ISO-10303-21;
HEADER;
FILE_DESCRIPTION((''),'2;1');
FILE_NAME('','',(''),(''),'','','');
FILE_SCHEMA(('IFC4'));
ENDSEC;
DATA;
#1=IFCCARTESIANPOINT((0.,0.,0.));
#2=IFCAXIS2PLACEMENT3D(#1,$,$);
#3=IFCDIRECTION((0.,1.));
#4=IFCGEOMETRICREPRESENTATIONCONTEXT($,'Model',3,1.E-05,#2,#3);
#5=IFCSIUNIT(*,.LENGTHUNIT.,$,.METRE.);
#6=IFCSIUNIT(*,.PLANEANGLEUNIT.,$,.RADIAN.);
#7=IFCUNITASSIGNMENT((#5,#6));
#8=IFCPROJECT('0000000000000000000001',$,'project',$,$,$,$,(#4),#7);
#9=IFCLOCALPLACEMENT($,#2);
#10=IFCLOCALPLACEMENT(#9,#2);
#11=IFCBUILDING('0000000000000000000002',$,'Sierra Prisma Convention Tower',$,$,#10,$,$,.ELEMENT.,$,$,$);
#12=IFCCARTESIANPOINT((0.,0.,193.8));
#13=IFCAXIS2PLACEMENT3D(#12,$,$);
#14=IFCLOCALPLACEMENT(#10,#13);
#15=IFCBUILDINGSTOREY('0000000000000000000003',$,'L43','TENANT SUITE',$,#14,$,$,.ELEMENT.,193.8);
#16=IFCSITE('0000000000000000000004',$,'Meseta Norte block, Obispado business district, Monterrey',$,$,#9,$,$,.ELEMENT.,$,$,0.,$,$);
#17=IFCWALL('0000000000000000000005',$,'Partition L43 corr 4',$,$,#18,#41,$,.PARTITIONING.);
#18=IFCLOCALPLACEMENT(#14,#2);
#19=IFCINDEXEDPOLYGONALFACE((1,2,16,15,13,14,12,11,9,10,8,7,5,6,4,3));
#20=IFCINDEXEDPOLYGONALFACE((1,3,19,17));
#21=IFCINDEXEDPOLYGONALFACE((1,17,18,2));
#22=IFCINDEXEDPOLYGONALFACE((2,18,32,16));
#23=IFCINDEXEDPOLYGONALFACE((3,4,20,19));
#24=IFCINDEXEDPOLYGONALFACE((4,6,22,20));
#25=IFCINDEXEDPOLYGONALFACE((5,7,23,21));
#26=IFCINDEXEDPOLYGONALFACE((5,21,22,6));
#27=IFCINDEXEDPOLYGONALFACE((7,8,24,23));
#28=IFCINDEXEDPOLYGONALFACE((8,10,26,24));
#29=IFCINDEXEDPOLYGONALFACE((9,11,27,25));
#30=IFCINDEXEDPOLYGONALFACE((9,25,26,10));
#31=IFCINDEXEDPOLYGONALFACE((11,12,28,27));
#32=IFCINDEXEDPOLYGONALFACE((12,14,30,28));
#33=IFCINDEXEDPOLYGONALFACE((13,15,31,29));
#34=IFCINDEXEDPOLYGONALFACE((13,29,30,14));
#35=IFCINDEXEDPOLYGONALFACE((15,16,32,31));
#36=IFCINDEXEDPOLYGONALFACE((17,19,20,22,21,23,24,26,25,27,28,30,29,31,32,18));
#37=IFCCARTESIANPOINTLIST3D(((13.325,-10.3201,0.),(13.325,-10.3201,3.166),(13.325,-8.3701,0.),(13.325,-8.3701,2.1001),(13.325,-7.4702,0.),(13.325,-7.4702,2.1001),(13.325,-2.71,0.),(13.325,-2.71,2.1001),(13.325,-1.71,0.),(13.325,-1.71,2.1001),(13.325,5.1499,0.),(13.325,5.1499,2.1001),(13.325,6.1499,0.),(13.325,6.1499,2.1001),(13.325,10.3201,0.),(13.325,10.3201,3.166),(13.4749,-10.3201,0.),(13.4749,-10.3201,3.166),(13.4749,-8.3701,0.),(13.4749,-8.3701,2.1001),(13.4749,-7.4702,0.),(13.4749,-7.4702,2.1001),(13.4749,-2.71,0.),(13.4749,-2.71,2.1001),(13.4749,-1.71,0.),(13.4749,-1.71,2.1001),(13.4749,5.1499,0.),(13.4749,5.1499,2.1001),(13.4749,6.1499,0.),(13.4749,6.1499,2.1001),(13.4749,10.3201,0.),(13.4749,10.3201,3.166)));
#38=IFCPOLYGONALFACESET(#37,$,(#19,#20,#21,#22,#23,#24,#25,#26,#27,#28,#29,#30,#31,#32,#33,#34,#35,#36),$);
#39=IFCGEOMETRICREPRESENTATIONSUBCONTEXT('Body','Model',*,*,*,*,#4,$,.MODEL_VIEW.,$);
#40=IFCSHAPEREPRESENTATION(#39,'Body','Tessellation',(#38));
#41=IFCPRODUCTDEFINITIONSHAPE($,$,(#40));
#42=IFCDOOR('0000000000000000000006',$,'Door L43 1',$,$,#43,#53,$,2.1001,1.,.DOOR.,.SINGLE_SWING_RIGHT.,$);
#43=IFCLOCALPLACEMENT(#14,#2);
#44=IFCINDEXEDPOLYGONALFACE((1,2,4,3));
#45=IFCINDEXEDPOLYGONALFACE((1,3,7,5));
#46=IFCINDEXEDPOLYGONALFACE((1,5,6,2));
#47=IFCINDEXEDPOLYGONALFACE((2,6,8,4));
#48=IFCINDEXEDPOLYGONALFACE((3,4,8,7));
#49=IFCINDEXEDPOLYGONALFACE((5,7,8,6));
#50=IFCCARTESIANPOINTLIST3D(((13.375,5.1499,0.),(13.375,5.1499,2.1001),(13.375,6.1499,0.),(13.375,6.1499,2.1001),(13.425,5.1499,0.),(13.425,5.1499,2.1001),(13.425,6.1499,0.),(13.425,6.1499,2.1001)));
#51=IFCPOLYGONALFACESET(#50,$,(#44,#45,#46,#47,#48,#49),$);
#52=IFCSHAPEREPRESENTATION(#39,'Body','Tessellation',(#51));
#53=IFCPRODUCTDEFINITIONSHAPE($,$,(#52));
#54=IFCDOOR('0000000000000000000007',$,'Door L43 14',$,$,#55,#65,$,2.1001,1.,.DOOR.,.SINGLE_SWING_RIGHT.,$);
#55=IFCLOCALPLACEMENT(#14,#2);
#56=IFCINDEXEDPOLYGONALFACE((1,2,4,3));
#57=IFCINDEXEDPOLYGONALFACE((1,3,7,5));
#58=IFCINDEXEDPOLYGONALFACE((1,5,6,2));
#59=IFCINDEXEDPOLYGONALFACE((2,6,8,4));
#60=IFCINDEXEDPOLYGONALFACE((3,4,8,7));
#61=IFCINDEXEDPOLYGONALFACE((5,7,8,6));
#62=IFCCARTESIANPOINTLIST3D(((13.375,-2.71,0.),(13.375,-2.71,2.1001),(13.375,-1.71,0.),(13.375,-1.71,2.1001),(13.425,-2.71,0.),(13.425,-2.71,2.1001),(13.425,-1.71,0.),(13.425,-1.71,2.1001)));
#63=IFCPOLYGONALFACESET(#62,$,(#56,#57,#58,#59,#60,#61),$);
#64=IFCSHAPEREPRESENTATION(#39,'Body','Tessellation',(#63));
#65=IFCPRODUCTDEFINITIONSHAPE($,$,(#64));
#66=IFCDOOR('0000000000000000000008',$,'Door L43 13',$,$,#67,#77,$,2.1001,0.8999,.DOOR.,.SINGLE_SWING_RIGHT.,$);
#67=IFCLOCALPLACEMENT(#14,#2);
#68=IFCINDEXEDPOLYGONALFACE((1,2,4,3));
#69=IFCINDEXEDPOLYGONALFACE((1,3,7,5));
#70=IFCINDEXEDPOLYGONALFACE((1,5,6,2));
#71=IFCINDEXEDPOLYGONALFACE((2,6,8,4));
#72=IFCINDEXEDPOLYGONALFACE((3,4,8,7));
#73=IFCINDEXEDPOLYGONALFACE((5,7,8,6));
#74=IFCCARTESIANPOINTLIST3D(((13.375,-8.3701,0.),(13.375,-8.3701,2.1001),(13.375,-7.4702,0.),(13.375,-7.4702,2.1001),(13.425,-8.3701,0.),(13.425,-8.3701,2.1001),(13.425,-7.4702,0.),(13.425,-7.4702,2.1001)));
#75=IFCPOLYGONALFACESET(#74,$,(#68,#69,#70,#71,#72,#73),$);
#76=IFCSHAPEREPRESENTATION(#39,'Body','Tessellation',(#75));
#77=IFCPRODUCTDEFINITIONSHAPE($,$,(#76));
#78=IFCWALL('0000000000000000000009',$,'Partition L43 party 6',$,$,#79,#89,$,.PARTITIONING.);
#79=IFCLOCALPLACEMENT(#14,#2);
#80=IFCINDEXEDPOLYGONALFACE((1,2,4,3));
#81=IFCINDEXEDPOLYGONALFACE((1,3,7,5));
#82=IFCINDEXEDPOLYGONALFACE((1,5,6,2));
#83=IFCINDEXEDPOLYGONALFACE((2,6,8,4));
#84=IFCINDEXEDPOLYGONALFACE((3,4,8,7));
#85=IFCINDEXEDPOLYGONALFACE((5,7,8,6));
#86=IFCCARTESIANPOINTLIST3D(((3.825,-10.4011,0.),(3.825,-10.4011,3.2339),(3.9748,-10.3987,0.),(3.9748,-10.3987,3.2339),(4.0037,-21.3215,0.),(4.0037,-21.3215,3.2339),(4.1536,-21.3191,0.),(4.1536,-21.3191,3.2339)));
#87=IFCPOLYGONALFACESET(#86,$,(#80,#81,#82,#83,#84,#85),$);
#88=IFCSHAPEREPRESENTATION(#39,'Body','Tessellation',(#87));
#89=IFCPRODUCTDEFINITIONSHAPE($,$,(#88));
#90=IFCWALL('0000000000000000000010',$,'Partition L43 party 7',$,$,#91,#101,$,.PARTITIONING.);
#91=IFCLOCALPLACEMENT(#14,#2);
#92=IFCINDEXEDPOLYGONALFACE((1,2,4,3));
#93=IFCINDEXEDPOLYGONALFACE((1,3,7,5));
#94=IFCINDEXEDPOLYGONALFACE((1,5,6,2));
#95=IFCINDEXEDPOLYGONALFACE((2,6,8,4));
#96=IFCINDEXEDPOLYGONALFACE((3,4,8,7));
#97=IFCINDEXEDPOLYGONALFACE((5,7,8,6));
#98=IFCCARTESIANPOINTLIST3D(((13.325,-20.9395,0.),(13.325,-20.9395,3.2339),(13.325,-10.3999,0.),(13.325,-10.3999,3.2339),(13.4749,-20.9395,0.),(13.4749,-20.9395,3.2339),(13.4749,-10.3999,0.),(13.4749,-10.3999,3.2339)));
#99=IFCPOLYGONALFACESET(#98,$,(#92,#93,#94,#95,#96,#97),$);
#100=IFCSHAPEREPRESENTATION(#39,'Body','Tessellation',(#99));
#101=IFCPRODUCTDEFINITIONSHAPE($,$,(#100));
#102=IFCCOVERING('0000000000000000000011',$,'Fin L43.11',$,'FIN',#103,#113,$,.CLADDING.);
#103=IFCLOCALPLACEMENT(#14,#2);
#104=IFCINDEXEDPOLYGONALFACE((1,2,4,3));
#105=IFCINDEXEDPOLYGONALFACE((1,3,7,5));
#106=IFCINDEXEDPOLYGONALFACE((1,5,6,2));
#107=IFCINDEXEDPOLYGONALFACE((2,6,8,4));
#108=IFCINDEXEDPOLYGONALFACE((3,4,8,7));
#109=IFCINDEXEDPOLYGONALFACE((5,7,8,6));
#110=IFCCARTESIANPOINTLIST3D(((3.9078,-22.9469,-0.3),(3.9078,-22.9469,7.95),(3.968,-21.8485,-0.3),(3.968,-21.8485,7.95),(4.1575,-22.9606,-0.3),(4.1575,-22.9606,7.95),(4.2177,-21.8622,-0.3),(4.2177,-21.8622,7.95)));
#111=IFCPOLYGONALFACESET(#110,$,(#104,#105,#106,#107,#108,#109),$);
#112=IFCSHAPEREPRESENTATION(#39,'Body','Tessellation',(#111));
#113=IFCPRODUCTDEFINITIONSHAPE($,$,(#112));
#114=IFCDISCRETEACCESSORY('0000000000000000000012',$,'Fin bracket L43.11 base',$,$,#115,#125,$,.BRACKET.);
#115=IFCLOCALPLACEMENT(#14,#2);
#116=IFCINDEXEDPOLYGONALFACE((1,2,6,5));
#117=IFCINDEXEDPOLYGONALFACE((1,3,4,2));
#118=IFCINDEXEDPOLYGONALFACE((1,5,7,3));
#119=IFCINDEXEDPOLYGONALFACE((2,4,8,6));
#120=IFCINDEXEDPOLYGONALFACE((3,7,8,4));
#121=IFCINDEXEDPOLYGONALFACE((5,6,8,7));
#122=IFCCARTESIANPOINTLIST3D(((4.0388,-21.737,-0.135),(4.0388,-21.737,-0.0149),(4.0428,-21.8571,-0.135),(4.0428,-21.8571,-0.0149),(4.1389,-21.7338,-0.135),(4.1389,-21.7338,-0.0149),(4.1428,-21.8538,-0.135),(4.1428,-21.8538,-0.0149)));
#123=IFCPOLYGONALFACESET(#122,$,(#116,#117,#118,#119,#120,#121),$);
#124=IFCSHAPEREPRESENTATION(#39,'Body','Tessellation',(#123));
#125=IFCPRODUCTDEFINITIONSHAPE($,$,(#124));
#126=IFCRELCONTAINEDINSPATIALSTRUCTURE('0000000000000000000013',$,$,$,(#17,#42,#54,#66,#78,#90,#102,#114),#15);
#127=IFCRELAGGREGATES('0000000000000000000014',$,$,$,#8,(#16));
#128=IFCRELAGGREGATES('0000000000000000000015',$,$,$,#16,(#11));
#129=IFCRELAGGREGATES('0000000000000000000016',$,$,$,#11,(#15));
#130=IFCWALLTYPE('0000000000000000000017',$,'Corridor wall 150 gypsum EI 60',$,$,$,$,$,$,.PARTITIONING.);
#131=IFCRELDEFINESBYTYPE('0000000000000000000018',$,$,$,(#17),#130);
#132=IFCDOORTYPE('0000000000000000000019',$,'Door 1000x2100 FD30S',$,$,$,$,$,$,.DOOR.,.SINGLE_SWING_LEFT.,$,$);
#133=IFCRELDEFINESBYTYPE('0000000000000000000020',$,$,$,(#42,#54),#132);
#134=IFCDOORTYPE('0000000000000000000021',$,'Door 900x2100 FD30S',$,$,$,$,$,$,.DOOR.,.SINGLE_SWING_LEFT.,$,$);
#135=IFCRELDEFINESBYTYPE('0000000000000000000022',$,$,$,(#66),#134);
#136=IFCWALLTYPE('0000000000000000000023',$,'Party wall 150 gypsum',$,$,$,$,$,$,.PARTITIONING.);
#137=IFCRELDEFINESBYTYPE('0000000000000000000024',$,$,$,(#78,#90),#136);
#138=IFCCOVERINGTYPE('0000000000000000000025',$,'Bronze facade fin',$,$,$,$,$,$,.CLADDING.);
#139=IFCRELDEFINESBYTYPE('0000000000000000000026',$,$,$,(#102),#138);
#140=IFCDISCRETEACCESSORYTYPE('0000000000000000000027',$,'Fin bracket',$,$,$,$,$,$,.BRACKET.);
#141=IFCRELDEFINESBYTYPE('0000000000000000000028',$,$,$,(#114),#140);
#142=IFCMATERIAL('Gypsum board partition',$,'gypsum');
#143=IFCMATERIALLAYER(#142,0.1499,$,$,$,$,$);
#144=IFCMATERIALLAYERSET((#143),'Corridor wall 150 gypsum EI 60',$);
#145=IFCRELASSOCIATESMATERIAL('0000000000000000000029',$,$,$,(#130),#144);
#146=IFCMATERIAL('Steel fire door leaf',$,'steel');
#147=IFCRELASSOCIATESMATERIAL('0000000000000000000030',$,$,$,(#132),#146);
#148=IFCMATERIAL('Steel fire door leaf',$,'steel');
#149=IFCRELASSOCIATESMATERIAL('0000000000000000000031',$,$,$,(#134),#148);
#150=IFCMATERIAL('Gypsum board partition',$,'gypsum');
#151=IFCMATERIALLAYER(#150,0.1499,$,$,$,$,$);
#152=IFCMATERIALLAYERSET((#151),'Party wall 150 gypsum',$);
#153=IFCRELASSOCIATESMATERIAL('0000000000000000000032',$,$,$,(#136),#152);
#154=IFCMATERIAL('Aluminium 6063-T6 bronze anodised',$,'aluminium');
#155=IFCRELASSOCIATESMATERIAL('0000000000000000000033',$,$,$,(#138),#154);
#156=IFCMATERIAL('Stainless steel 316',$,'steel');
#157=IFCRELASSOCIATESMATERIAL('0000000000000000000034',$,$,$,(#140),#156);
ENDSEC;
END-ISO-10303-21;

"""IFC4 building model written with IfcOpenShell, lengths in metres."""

from ifc_helpers import new_model, si_unit, direction, frame, frame_2d, origin, origin_2d, place, context, subcontext, project, spatial, rectangle, extrude, material, layer, layer_set, material_profile, profile_set, type_object, element, fill, save


model = new_model("IFC4")

# Units and contexts
model_context = context("Model", 3, precision=1e-05, world=origin(), true_north=direction((0.0, 1.0)))
body_context = subcontext(model_context, "Body", "Model", "MODEL_VIEW")
ifc_project = project(units=[si_unit("LENGTHUNIT", "METRE"), si_unit("PLANEANGLEUNIT", "RADIAN")], contexts=[model_context])

# Site, building, storey
site_placement = place(None, origin())
site = spatial("IfcSite", under=ifc_project, at=site_placement, Name="Meseta Norte block, Obispado business district, Monterrey", CompositionType="ELEMENT", RefElevation=0.0)
building_placement = place(site_placement, origin())
building = spatial("IfcBuilding", under=site, at=building_placement, Name="Sierra Prisma Convention Tower", CompositionType="ELEMENT")
storey_placement = place(building_placement, frame((0.0, 0.0, 193.8)))
storey = spatial("IfcBuildingStorey", under=building, at=storey_placement, Name="L43", Description="TENANT SUITE", CompositionType="ELEMENT", Elevation=193.8)

# Wall, openings, doors
ifc_material_1 = material(Name="Gypsum board partition", Category="gypsum")
ifc_layer_1 = layer(ifc_material_1, 0.1499)
ifc_layer_set_1 = layer_set([ifc_layer_1], Name="Corridor wall 150 gypsum EI 60")
wall_type_1 = type_object("IfcWallType", Name="Corridor wall 150 gypsum EI 60", PredefinedType="PARTITIONING", material=ifc_layer_set_1)
wall_1_placement = place(storey_placement, frame((13.3999, -10.3201, 0.0), z_axis=(0.0, 0.0, 1.0), x_axis=(0.0, 1.0, 0.0)))
wall_1 = element("IfcWall", 1, at=wall_1_placement, inside=storey, type_object=wall_type_1, Name="Partition L43 corr 4", PredefinedType="PARTITIONING", context=body_context, shape_type="SweptSolid", body=[
    extrude(rectangle(XDim=20.6401, YDim=0.1499, at=frame_2d((10.3201, 0.0))), origin(), (0.0, 0.0, 1.0), 3.166),
])
opening_1_placement = place(wall_1_placement, frame((15.47, 0.0, 0.0)))
opening_1 = element("IfcOpeningElement", 2, at=opening_1_placement, cuts=wall_1, PredefinedType="OPENING", context=body_context, shape_type="SweptSolid", body=[
    extrude(rectangle(XDim=1.0, YDim=2.1001, at=frame_2d((0.5, 1.05))), frame((0.0, 0.075, 0.0), z_axis=(0.0, -1.0, 0.0), x_axis=(1.0, 0.0, 0.0)), (0.0, 0.0, 1.0), 0.1499),
])
opening_2_placement = place(wall_1_placement, frame((1.95, 0.0, 0.0)))
opening_2 = element("IfcOpeningElement", 3, at=opening_2_placement, cuts=wall_1, PredefinedType="OPENING", context=body_context, shape_type="SweptSolid", body=[
    extrude(rectangle(XDim=0.8999, YDim=2.1001, at=frame_2d((0.45, 1.05))), frame((0.0, 0.075, 0.0), z_axis=(0.0, -1.0, 0.0), x_axis=(1.0, 0.0, 0.0)), (0.0, 0.0, 1.0), 0.1499),
])
opening_3_placement = place(wall_1_placement, frame((7.6101, 0.0, 0.0)))
opening_3 = element("IfcOpeningElement", 4, at=opening_3_placement, cuts=wall_1, PredefinedType="OPENING", context=body_context, shape_type="SweptSolid", body=[
    extrude(rectangle(XDim=1.0, YDim=2.1001, at=frame_2d((0.5, 1.05))), frame((0.0, 0.075, 0.0), z_axis=(0.0, -1.0, 0.0), x_axis=(1.0, 0.0, 0.0)), (0.0, 0.0, 1.0), 0.1499),
])
ifc_material_2 = material(Name="Steel fire door leaf", Category="steel")
door_type_1 = type_object("IfcDoorType", Name="Door 1000x2100 FD30S", OperationType="SINGLE_SWING_LEFT", PredefinedType="DOOR", material=ifc_material_2)
door_1_placement = place(opening_1_placement, origin())
door_1 = element("IfcDoor", 5, at=door_1_placement, inside=storey, type_object=door_type_1, Name="Door L43 1", OperationType="SINGLE_SWING_RIGHT", OverallHeight=2.1001, OverallWidth=1.0, PredefinedType="DOOR", context=body_context, shape_type="SweptSolid", body=[
    extrude(rectangle(XDim=1.0, YDim=2.1001, at=frame_2d((0.5, 1.05))), frame((0.0, 0.0249, 0.0), z_axis=(0.0, -1.0, 0.0), x_axis=(1.0, 0.0, 0.0)), (0.0, 0.0, 1.0), 0.05),
])
fill(opening_1, door_1)
door_2_placement = place(opening_3_placement, origin())
door_2 = element("IfcDoor", 6, at=door_2_placement, inside=storey, type_object=door_type_1, Name="Door L43 14", OperationType="SINGLE_SWING_RIGHT", OverallHeight=2.1001, OverallWidth=1.0, PredefinedType="DOOR", context=body_context, shape_type="SweptSolid", body=[
    extrude(rectangle(XDim=1.0, YDim=2.1001, at=frame_2d((0.5, 1.05))), frame((0.0, 0.0249, 0.0), z_axis=(0.0, -1.0, 0.0), x_axis=(1.0, 0.0, 0.0)), (0.0, 0.0, 1.0), 0.05),
])
fill(opening_3, door_2)
ifc_material_3 = material(Name="Steel fire door leaf", Category="steel")
door_type_2 = type_object("IfcDoorType", Name="Door 900x2100 FD30S", OperationType="SINGLE_SWING_LEFT", PredefinedType="DOOR", material=ifc_material_3)
door_3_placement = place(opening_2_placement, origin())
door_3 = element("IfcDoor", 7, at=door_3_placement, inside=storey, type_object=door_type_2, Name="Door L43 13", OperationType="SINGLE_SWING_RIGHT", OverallHeight=2.1001, OverallWidth=0.8999, PredefinedType="DOOR", context=body_context, shape_type="SweptSolid", body=[
    extrude(rectangle(XDim=0.8999, YDim=2.1001, at=frame_2d((0.45, 1.05))), frame((0.0, 0.0249, 0.0), z_axis=(0.0, -1.0, 0.0), x_axis=(1.0, 0.0, 0.0)), (0.0, 0.0, 1.0), 0.05),
])
fill(opening_2, door_3)

# Walls
ifc_material_4 = material(Name="Gypsum board partition", Category="gypsum")
ifc_layer_2 = layer(ifc_material_4, 0.1499)
ifc_layer_set_2 = layer_set([ifc_layer_2], Name="Party wall 150 gypsum")
wall_type_2 = type_object("IfcWallType", Name="Party wall 150 gypsum", PredefinedType="PARTITIONING", material=ifc_layer_set_2)
wall_2_placement = place(storey_placement, frame((3.8999, -10.3999, 0.0), z_axis=(0.0, 0.0, 1.0), x_axis=(0.016363, -0.999866, 0.0)))
element("IfcWall", 8, at=wall_2_placement, inside=storey, type_object=wall_type_2, Name="Partition L43 party 6", PredefinedType="PARTITIONING", context=body_context, shape_type="SweptSolid", body=[
    extrude(rectangle(XDim=10.9219, YDim=0.1499, at=frame_2d((5.4609, 0.0))), origin(), (0.0, 0.0, 1.0), 3.2339),
])
wall_3_placement = place(storey_placement, frame((13.3999, -10.3999, 0.0), z_axis=(0.0, 0.0, 1.0), x_axis=(0.0, -1.0, 0.0)))
element("IfcWall", 9, at=wall_3_placement, inside=storey, type_object=wall_type_2, Name="Partition L43 party 7", PredefinedType="PARTITIONING", context=body_context, shape_type="SweptSolid", body=[
    extrude(rectangle(XDim=10.5396, YDim=0.1499, at=frame_2d((5.2698, 0.0))), origin(), (0.0, 0.0, 1.0), 3.2339),
])

# Covering
ifc_material_5 = material(Name="Aluminium 6063-T6 bronze anodised", Category="aluminium")
ifc_material_profile_1 = material_profile(ifc_material_5, rectangle(XDim=1.1001, YDim=0.25, at=origin_2d()), Name="ALU FIN 1100x250")
ifc_profile_set_1 = profile_set([ifc_material_profile_1], Name="Aluminium 6063-T6 bronze anodised")
covering_type = type_object("IfcCoveringType", Name="Bronze facade fin", PredefinedType="CLADDING", material=ifc_profile_set_1)
covering_placement = place(storey_placement, frame((4.0627, -22.4045, -0.3), z_axis=(0.0, 0.0, 1.0), x_axis=(-0.05472, -0.998502, 0.0)))
element("IfcCovering", 10, at=covering_placement, inside=storey, type_object=covering_type, Name="Fin L43.11", ObjectType="FIN", PredefinedType="CLADDING", context=body_context, shape_type="SweptSolid", body=[
    extrude(rectangle(XDim=1.1001, YDim=0.25, at=origin_2d()), origin(), (0.0, 0.0, 1.0), 8.25),
])

# Discrete accessory
ifc_material_6 = material(Name="Stainless steel 316", Category="steel")
discrete_accessory_type = type_object("IfcDiscreteAccessoryType", Name="Fin bracket", PredefinedType="BRACKET", material=ifc_material_6)
discrete_accessory_placement = place(storey_placement, frame((4.0908, -21.7954, -0.135), z_axis=(0.0, 0.0, 1.0), x_axis=(0.032514, -0.999471, 0.0)))
element("IfcDiscreteAccessory", 11, at=discrete_accessory_placement, inside=storey, type_object=discrete_accessory_type, Name="Fin bracket L43.11 base", PredefinedType="BRACKET", context=body_context, shape_type="SweptSolid", body=[
    extrude(rectangle(XDim=0.1201, YDim=0.1001, at=origin_2d()), origin(), (0.0, 0.0, 1.0), 0.1201),
])

save(model, "model.ifc")
